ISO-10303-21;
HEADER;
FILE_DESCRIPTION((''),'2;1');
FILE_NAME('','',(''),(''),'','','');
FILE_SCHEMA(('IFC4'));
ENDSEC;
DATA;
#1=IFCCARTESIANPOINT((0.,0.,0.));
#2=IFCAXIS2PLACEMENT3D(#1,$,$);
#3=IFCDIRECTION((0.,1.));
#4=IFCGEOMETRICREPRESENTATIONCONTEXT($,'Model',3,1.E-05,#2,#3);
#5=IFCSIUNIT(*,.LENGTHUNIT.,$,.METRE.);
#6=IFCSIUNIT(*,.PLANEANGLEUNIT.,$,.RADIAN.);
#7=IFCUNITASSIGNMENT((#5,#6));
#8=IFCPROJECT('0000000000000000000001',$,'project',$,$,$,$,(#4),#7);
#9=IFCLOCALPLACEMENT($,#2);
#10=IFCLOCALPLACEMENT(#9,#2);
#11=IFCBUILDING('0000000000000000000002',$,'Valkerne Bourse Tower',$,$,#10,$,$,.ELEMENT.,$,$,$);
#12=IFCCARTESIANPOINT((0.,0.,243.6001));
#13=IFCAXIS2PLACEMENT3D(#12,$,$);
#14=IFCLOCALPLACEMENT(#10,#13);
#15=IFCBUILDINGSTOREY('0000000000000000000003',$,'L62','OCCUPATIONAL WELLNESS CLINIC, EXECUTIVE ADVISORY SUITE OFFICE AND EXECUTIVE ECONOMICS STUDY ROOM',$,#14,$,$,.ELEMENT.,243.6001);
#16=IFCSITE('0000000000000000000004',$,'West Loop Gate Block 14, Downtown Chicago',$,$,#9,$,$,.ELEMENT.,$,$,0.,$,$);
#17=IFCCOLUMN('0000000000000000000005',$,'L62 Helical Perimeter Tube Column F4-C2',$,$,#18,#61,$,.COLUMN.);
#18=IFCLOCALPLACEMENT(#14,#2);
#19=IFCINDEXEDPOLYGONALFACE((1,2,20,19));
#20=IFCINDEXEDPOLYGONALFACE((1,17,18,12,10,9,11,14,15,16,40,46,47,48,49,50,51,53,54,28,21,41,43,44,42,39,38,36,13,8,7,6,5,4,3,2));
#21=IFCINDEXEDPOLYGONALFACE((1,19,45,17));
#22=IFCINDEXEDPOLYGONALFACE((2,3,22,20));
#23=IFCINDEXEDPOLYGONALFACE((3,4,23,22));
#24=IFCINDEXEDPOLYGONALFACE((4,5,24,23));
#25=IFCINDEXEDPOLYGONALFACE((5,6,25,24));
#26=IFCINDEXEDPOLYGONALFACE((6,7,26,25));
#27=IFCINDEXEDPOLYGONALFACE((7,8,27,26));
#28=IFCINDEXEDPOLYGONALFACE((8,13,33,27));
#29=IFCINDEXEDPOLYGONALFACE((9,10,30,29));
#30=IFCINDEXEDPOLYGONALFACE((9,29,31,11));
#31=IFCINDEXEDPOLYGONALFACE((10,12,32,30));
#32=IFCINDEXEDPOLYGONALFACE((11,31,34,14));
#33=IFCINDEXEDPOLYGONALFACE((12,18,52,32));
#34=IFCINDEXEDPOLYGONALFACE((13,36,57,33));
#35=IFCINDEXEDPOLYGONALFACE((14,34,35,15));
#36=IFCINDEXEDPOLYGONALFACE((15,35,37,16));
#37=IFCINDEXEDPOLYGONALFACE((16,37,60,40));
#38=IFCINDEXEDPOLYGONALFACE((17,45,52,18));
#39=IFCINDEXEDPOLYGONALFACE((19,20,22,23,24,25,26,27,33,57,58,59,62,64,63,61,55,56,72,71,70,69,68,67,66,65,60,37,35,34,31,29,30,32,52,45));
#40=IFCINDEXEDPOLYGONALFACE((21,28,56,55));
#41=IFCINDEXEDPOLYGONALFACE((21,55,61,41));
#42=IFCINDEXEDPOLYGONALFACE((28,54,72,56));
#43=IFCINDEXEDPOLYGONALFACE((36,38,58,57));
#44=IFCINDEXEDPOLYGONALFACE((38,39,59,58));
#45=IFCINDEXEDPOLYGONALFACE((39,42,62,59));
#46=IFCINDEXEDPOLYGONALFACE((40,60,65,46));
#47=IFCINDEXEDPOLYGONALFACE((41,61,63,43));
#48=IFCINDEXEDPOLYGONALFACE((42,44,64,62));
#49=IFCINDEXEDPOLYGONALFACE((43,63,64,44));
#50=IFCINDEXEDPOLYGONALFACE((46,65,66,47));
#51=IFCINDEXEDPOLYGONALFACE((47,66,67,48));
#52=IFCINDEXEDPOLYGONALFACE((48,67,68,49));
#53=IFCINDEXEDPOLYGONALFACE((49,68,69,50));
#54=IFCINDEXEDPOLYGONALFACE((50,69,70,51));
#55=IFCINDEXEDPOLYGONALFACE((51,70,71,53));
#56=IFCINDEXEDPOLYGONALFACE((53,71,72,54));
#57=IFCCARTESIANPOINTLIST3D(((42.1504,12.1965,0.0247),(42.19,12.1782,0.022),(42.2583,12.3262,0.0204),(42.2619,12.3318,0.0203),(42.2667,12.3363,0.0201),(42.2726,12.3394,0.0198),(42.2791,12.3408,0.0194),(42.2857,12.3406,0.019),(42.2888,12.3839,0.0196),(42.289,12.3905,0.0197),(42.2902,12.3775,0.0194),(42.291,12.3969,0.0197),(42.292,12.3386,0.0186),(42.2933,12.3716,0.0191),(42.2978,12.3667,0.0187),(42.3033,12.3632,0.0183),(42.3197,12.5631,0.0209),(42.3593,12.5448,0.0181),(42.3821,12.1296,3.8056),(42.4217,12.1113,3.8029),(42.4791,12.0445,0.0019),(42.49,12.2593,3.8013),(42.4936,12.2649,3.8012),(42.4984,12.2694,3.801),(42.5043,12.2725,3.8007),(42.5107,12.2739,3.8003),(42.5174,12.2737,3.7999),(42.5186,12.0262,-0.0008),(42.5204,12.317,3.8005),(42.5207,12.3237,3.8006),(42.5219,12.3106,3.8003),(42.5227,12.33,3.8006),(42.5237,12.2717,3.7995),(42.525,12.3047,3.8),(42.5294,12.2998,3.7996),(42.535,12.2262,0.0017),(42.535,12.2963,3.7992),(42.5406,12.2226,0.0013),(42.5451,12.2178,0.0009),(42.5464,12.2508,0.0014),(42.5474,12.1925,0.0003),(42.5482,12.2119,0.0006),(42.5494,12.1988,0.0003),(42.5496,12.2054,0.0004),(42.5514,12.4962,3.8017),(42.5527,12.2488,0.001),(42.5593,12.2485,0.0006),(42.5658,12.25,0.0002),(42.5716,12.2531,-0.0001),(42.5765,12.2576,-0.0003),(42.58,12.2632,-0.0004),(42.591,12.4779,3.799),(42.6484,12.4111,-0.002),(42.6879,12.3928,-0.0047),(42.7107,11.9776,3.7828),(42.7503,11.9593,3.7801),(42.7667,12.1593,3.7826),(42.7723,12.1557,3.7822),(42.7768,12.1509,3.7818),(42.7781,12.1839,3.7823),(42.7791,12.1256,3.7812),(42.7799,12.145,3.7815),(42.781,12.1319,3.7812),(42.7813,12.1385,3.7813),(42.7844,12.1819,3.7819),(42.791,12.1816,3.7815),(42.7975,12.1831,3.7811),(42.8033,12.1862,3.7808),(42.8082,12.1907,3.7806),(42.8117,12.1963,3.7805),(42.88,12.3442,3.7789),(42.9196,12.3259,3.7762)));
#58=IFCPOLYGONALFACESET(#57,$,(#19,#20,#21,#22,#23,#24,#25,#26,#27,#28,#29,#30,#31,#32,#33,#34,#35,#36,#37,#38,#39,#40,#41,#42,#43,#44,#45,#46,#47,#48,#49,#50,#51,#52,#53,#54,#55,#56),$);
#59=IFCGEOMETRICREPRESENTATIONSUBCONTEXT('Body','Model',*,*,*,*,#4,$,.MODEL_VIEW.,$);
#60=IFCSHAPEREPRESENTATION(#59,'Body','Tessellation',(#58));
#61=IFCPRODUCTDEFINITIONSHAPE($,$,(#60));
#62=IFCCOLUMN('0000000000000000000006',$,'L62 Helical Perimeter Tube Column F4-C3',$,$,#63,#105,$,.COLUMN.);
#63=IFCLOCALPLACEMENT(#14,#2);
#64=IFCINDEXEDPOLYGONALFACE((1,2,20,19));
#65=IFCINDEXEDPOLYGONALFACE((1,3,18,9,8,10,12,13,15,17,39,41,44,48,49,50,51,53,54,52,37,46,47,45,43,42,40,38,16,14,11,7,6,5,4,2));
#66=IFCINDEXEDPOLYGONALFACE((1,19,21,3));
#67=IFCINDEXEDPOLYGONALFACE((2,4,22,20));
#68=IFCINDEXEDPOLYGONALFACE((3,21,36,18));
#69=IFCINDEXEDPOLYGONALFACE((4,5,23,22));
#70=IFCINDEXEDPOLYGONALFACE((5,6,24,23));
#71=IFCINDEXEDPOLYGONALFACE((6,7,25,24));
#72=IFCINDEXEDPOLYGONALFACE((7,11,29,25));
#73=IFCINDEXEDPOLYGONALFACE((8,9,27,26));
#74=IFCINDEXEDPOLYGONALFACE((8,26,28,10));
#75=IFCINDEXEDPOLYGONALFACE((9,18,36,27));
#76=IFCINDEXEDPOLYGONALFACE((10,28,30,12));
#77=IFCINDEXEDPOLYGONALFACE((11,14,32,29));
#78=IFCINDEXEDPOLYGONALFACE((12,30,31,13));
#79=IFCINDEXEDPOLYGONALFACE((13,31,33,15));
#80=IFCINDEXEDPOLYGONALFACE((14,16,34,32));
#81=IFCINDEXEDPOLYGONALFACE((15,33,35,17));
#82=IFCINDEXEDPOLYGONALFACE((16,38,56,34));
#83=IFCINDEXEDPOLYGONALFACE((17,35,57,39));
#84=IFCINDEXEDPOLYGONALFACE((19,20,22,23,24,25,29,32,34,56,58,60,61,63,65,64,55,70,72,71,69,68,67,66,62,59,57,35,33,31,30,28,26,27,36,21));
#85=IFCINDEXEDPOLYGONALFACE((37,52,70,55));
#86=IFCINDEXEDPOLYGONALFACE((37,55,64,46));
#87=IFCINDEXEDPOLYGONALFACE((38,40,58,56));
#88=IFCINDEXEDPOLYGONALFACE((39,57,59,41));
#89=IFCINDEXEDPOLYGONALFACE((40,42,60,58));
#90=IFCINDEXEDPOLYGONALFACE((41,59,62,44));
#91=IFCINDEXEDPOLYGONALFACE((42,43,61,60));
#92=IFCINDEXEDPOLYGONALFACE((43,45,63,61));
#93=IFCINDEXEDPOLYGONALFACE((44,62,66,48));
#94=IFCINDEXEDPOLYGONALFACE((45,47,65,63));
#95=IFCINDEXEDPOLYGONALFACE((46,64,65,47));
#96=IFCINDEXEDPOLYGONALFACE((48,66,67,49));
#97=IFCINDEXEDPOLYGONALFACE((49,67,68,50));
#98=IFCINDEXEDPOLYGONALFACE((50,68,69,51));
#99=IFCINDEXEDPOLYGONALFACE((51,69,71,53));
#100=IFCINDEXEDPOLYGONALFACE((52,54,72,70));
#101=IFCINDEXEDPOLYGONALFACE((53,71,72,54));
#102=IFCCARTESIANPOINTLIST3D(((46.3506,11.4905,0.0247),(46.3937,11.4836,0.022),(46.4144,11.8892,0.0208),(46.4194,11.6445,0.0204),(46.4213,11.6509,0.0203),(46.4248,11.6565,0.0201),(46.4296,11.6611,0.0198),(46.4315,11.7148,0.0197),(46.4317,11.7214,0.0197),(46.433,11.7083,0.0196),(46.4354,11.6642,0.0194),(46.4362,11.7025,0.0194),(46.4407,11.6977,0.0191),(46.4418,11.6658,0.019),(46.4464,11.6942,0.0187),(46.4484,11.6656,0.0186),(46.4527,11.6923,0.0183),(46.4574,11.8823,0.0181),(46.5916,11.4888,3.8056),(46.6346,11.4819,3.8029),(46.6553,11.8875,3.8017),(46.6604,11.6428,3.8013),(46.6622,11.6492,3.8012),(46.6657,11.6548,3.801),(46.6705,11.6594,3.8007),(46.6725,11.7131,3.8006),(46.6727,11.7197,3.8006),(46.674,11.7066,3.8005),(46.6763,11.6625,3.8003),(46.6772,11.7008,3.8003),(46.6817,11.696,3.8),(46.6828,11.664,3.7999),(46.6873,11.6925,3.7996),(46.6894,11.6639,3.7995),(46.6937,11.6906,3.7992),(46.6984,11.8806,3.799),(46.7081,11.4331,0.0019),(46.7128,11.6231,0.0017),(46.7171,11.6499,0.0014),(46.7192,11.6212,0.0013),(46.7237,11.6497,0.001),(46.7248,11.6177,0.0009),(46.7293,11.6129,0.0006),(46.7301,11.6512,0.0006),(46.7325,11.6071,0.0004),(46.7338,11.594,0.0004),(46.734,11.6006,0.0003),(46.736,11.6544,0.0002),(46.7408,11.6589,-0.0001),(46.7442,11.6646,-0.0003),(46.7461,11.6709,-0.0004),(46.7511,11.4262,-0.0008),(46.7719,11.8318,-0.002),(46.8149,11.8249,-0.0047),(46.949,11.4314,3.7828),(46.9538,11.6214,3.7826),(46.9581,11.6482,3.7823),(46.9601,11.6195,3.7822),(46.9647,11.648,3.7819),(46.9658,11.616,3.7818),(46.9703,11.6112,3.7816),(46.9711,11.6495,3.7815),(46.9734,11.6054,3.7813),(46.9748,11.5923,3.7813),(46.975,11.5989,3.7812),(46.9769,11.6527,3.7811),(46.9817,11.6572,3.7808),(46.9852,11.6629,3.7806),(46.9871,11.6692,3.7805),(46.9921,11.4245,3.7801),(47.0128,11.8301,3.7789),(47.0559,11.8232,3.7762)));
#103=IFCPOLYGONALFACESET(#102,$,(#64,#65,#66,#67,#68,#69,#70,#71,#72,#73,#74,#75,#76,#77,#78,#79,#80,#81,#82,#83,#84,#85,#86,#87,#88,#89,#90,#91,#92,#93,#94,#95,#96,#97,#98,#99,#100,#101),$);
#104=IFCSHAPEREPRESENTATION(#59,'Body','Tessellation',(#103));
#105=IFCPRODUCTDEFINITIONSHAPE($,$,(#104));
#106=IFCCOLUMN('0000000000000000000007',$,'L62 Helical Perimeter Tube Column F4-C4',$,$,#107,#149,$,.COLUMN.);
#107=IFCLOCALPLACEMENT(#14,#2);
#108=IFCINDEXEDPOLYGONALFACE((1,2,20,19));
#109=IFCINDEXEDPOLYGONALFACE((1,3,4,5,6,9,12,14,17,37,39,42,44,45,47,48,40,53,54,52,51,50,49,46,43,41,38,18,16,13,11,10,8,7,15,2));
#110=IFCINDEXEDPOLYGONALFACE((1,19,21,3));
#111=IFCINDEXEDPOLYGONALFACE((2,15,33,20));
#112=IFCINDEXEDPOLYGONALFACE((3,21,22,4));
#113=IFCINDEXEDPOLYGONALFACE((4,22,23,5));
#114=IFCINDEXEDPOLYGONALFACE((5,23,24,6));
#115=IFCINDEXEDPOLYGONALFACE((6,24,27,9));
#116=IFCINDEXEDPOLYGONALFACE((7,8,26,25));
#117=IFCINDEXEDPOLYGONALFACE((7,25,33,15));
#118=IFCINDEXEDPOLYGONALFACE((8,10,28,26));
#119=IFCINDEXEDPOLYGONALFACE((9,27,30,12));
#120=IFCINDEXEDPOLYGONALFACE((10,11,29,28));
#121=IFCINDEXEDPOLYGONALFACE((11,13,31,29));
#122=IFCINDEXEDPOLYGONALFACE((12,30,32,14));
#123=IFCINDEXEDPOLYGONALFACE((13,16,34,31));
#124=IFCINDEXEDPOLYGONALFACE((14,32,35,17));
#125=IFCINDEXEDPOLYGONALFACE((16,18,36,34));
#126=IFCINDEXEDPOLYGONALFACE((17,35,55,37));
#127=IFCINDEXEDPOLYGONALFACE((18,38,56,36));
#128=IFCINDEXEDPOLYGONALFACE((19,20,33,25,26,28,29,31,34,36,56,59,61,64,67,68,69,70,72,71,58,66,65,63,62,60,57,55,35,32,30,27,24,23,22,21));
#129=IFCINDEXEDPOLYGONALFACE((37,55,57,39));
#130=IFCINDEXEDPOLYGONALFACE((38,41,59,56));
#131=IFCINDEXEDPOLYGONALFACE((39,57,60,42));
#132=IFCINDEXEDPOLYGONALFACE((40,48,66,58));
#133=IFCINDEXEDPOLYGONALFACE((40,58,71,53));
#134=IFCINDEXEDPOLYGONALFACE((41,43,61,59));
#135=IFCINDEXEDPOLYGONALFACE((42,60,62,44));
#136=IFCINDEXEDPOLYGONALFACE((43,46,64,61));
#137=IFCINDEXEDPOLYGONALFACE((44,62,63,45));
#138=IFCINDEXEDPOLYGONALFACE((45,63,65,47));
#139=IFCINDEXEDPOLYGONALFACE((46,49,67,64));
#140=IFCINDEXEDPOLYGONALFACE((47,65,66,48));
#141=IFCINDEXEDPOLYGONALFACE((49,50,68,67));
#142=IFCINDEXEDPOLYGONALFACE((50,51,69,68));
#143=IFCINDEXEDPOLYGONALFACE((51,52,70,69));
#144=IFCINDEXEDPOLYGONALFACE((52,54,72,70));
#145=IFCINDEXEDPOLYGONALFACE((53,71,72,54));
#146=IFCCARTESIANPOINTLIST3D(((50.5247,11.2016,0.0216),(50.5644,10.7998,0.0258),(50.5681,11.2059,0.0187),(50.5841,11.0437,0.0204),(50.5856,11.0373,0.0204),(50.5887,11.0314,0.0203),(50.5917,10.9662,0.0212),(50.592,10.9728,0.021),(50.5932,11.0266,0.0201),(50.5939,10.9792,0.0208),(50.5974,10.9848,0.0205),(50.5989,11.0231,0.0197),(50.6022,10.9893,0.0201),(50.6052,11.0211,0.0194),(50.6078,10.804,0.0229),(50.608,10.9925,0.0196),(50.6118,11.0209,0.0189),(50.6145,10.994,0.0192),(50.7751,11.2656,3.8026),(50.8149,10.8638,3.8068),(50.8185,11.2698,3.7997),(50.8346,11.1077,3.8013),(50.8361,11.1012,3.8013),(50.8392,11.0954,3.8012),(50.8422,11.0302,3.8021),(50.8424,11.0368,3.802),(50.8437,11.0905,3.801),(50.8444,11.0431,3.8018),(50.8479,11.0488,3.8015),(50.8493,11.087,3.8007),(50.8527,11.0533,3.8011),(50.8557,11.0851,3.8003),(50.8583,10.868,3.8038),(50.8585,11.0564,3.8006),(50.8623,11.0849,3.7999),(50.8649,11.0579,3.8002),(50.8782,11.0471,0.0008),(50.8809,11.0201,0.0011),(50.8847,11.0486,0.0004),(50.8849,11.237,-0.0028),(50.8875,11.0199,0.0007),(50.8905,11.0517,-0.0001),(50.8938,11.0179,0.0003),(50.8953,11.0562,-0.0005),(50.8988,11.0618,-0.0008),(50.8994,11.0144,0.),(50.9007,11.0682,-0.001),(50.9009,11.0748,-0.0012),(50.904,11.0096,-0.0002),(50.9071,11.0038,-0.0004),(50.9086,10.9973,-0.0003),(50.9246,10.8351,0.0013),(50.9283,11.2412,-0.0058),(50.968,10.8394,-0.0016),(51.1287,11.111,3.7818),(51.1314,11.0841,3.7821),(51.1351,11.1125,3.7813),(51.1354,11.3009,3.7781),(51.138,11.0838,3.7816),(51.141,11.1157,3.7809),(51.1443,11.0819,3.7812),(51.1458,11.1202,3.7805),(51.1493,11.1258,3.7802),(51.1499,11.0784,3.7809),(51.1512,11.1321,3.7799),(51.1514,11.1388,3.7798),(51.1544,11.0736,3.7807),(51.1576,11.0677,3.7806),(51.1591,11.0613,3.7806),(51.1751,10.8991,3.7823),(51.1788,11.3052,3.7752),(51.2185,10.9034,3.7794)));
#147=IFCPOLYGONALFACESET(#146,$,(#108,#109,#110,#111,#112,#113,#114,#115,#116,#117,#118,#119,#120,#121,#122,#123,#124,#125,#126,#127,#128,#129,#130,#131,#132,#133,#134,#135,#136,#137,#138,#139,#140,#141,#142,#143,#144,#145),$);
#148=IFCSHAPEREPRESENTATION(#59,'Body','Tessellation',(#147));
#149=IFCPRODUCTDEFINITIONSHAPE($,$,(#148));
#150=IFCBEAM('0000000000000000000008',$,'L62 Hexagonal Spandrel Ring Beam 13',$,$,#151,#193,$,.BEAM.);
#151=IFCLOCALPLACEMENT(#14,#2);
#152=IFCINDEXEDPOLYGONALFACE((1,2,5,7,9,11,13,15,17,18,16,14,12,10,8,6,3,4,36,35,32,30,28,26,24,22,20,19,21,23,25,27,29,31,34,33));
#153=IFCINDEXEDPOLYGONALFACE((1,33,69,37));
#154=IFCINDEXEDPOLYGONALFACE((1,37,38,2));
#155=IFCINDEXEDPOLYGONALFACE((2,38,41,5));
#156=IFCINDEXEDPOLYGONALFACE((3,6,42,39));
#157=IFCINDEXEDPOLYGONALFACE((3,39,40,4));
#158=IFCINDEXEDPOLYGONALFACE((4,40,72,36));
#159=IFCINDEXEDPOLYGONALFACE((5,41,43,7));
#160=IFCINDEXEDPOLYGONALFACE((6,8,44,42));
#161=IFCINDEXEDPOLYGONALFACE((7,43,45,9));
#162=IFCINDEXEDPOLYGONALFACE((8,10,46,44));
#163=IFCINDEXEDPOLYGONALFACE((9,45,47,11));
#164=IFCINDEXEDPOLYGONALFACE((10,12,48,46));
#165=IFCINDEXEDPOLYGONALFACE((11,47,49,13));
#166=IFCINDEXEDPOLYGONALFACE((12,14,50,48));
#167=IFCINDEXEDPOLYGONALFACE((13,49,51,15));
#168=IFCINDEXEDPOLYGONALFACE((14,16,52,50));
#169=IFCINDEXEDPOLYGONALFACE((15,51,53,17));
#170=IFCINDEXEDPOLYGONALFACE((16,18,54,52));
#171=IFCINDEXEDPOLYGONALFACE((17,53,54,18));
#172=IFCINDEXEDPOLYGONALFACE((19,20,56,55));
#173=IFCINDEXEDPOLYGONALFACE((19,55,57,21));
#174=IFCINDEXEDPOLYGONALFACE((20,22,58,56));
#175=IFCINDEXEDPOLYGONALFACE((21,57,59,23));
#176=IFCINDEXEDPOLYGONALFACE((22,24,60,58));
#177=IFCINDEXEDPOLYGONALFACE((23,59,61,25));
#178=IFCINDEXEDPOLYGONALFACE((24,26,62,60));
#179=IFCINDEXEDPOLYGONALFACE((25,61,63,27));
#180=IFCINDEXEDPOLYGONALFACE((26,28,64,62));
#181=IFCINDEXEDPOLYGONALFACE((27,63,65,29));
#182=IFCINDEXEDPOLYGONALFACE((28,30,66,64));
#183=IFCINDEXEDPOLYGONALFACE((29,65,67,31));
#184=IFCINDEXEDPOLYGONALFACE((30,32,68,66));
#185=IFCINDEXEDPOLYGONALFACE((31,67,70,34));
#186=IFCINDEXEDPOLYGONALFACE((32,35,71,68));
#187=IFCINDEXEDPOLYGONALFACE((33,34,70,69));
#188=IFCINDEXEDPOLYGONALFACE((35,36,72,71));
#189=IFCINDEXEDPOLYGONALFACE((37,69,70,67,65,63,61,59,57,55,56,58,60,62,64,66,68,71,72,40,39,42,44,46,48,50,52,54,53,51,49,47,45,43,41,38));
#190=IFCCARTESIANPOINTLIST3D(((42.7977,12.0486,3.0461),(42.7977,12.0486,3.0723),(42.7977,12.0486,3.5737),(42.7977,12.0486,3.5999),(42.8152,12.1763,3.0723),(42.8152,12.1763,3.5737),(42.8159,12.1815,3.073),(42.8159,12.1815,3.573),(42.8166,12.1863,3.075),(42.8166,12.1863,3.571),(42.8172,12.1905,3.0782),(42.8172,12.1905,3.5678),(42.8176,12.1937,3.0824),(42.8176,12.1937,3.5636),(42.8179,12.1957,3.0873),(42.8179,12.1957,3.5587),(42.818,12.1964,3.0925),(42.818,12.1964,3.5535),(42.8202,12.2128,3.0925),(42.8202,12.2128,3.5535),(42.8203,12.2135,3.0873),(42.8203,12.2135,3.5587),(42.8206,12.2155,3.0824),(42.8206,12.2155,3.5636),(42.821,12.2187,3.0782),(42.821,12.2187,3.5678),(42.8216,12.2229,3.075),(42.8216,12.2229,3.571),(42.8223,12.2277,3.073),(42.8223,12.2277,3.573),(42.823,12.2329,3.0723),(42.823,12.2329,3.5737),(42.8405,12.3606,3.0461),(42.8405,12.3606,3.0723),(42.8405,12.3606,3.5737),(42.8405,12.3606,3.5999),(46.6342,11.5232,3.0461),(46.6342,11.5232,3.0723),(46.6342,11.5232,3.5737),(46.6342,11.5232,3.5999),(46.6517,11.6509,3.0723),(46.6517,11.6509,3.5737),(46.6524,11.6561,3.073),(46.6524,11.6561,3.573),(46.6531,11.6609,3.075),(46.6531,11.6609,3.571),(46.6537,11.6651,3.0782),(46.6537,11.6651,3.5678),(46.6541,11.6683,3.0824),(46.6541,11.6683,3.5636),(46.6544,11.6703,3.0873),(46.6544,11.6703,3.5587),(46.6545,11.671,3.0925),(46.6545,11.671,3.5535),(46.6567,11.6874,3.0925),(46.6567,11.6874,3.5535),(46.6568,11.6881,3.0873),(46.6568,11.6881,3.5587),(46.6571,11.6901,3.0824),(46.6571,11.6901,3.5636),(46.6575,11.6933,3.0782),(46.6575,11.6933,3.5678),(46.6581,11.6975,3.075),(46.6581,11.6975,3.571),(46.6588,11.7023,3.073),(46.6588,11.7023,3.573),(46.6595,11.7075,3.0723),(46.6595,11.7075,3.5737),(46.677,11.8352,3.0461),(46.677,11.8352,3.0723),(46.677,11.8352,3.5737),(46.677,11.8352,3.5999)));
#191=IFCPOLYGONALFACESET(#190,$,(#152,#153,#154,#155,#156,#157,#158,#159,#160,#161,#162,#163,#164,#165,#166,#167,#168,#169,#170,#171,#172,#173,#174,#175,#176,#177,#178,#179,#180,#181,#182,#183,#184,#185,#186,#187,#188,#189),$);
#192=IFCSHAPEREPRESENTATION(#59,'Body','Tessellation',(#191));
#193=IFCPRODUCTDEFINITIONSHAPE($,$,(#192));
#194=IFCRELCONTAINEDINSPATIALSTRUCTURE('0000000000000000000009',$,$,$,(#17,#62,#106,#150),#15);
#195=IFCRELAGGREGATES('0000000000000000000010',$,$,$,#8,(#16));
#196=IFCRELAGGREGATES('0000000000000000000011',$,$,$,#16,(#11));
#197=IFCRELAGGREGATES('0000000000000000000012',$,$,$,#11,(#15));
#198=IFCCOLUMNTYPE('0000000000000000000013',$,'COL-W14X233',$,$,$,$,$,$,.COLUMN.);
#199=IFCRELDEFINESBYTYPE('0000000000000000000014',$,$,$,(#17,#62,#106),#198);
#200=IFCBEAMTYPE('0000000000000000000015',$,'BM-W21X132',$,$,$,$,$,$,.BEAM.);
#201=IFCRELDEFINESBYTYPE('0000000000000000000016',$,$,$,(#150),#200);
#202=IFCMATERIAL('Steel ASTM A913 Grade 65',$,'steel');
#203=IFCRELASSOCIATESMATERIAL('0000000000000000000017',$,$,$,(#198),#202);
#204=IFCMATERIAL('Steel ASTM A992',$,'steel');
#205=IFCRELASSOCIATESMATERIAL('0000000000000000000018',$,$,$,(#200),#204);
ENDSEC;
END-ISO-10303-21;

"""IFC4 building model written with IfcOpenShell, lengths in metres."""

from ifc_helpers import new_model, si_unit, direction, frame, origin, origin_2d, place, context, subcontext, project, spatial, i_section, extrude, material, material_profile, profile_set, type_object, element, save


model = new_model("IFC4")

# Units and contexts
model_context = context("Model", 3, precision=1e-05, world=origin(), true_north=direction((0.0, 1.0)))
body_context = subcontext(model_context, "Body", "Model", "MODEL_VIEW")
ifc_project = project(units=[si_unit("LENGTHUNIT", "METRE"), si_unit("PLANEANGLEUNIT", "RADIAN")], contexts=[model_context])

# Site, building, storey
site_placement = place(None, origin())
site = spatial("IfcSite", under=ifc_project, at=site_placement, Name="West Loop Gate Block 14, Downtown Chicago", CompositionType="ELEMENT", RefElevation=0.0)
building_placement = place(site_placement, origin())
building = spatial("IfcBuilding", under=site, at=building_placement, Name="Valkerne Bourse Tower", CompositionType="ELEMENT")
storey_placement = place(building_placement, frame((0.0, 0.0, 243.6001)))
storey = spatial("IfcBuildingStorey", under=building, at=storey_placement, Name="L62", Description="OCCUPATIONAL WELLNESS CLINIC, EXECUTIVE ADVISORY SUITE OFFICE AND EXECUTIVE ECONOMICS STUDY ROOM", CompositionType="ELEMENT", Elevation=243.6001)

# Columns
ifc_material_1 = material(Name="Steel ASTM A913 Grade 65", Category="steel")
ifc_material_profile_1 = material_profile(ifc_material_1, i_section(OverallWidth=0.4038, OverallDepth=0.4065, WebThickness=0.0271, FlangeThickness=0.0437, FilletRadius=0.0254, at=origin_2d()), Name="W14X233")
ifc_profile_set_1 = profile_set([ifc_material_profile_1], Name="Steel ASTM A913 Grade 65")
column_type = type_object("IfcColumnType", Name="COL-W14X233", PredefinedType="COLUMN", material=ifc_profile_set_1)
for number, where, z_axis, x_axis, name in (
    (1, (42.4192, 12.2947, 0.01), (0.061153, -0.017656, 0.997972), (0.419233, 0.907828, -0.009628), "L62 Helical Perimeter Tube Column F4-C2"),
    (2, (46.5828, 11.6577, 0.01), (0.063602, -0.000451, 0.997975), (0.157961, 0.987398, -0.009621), "L62 Helical Perimeter Tube Column F4-C3"),
):
    element("IfcColumn", number, at=place(storey_placement, frame(where, z_axis=z_axis, x_axis=x_axis)), inside=storey, type_object=column_type, Name=name, PredefinedType="COLUMN", context=body_context, shape_type="SweptSolid", body=[
        extrude(i_section(OverallWidth=0.4038, OverallDepth=0.4065, WebThickness=0.0271, FlangeThickness=0.0437, FilletRadius=0.0254, at=origin_2d()), origin(), (0.0, 0.0, 1.0), 3.7886),
    ])
column_placement = place(storey_placement, frame((50.7463, 11.0205, 0.01), z_axis=(0.066095, 0.016878, 0.997671), x_axis=(-0.098358, 0.995098, -0.010318)))
element("IfcColumn", 3, at=column_placement, inside=storey, type_object=column_type, Name="L62 Helical Perimeter Tube Column F4-C4", PredefinedType="COLUMN", context=body_context, shape_type="SweptSolid", body=[
    extrude(i_section(OverallWidth=0.4038, OverallDepth=0.4065, WebThickness=0.0271, FlangeThickness=0.0437, FilletRadius=0.0254, at=origin_2d()), origin(), (0.0, 0.0, 1.0), 3.7898),
])

# Beam
ifc_material_2 = material(Name="Steel ASTM A992", Category="steel")
ifc_material_profile_2 = material_profile(ifc_material_2, i_section(OverallWidth=0.3149, OverallDepth=0.5537, WebThickness=0.0166, FlangeThickness=0.0261, FilletRadius=0.0203, at=origin_2d()), Name="W21X132")
ifc_profile_set_2 = profile_set([ifc_material_profile_2], Name="Steel ASTM A992")
beam_type_1 = type_object("IfcBeamType", Name="BM-W21X132", PredefinedType="BEAM", material=ifc_profile_set_2)
beam_1_placement = place(storey_placement, frame((42.8191, 12.2046, 3.323), z_axis=(0.990753, -0.135682, 0.0), x_axis=(0.135682, 0.990753, 0.0)))
element("IfcBeam", 4, at=beam_1_placement, inside=storey, type_object=beam_type_1, Name="L62 Hexagonal Spandrel Ring Beam 13", PredefinedType="BEAM", context=body_context, shape_type="SweptSolid", body=[
    extrude(i_section(OverallWidth=0.3149, OverallDepth=0.5537, WebThickness=0.0166, FlangeThickness=0.0261, FilletRadius=0.0203, at=origin_2d()), origin(), (0.0, 0.0, 1.0), 3.8723),
])

save(model, "model.ifc")
